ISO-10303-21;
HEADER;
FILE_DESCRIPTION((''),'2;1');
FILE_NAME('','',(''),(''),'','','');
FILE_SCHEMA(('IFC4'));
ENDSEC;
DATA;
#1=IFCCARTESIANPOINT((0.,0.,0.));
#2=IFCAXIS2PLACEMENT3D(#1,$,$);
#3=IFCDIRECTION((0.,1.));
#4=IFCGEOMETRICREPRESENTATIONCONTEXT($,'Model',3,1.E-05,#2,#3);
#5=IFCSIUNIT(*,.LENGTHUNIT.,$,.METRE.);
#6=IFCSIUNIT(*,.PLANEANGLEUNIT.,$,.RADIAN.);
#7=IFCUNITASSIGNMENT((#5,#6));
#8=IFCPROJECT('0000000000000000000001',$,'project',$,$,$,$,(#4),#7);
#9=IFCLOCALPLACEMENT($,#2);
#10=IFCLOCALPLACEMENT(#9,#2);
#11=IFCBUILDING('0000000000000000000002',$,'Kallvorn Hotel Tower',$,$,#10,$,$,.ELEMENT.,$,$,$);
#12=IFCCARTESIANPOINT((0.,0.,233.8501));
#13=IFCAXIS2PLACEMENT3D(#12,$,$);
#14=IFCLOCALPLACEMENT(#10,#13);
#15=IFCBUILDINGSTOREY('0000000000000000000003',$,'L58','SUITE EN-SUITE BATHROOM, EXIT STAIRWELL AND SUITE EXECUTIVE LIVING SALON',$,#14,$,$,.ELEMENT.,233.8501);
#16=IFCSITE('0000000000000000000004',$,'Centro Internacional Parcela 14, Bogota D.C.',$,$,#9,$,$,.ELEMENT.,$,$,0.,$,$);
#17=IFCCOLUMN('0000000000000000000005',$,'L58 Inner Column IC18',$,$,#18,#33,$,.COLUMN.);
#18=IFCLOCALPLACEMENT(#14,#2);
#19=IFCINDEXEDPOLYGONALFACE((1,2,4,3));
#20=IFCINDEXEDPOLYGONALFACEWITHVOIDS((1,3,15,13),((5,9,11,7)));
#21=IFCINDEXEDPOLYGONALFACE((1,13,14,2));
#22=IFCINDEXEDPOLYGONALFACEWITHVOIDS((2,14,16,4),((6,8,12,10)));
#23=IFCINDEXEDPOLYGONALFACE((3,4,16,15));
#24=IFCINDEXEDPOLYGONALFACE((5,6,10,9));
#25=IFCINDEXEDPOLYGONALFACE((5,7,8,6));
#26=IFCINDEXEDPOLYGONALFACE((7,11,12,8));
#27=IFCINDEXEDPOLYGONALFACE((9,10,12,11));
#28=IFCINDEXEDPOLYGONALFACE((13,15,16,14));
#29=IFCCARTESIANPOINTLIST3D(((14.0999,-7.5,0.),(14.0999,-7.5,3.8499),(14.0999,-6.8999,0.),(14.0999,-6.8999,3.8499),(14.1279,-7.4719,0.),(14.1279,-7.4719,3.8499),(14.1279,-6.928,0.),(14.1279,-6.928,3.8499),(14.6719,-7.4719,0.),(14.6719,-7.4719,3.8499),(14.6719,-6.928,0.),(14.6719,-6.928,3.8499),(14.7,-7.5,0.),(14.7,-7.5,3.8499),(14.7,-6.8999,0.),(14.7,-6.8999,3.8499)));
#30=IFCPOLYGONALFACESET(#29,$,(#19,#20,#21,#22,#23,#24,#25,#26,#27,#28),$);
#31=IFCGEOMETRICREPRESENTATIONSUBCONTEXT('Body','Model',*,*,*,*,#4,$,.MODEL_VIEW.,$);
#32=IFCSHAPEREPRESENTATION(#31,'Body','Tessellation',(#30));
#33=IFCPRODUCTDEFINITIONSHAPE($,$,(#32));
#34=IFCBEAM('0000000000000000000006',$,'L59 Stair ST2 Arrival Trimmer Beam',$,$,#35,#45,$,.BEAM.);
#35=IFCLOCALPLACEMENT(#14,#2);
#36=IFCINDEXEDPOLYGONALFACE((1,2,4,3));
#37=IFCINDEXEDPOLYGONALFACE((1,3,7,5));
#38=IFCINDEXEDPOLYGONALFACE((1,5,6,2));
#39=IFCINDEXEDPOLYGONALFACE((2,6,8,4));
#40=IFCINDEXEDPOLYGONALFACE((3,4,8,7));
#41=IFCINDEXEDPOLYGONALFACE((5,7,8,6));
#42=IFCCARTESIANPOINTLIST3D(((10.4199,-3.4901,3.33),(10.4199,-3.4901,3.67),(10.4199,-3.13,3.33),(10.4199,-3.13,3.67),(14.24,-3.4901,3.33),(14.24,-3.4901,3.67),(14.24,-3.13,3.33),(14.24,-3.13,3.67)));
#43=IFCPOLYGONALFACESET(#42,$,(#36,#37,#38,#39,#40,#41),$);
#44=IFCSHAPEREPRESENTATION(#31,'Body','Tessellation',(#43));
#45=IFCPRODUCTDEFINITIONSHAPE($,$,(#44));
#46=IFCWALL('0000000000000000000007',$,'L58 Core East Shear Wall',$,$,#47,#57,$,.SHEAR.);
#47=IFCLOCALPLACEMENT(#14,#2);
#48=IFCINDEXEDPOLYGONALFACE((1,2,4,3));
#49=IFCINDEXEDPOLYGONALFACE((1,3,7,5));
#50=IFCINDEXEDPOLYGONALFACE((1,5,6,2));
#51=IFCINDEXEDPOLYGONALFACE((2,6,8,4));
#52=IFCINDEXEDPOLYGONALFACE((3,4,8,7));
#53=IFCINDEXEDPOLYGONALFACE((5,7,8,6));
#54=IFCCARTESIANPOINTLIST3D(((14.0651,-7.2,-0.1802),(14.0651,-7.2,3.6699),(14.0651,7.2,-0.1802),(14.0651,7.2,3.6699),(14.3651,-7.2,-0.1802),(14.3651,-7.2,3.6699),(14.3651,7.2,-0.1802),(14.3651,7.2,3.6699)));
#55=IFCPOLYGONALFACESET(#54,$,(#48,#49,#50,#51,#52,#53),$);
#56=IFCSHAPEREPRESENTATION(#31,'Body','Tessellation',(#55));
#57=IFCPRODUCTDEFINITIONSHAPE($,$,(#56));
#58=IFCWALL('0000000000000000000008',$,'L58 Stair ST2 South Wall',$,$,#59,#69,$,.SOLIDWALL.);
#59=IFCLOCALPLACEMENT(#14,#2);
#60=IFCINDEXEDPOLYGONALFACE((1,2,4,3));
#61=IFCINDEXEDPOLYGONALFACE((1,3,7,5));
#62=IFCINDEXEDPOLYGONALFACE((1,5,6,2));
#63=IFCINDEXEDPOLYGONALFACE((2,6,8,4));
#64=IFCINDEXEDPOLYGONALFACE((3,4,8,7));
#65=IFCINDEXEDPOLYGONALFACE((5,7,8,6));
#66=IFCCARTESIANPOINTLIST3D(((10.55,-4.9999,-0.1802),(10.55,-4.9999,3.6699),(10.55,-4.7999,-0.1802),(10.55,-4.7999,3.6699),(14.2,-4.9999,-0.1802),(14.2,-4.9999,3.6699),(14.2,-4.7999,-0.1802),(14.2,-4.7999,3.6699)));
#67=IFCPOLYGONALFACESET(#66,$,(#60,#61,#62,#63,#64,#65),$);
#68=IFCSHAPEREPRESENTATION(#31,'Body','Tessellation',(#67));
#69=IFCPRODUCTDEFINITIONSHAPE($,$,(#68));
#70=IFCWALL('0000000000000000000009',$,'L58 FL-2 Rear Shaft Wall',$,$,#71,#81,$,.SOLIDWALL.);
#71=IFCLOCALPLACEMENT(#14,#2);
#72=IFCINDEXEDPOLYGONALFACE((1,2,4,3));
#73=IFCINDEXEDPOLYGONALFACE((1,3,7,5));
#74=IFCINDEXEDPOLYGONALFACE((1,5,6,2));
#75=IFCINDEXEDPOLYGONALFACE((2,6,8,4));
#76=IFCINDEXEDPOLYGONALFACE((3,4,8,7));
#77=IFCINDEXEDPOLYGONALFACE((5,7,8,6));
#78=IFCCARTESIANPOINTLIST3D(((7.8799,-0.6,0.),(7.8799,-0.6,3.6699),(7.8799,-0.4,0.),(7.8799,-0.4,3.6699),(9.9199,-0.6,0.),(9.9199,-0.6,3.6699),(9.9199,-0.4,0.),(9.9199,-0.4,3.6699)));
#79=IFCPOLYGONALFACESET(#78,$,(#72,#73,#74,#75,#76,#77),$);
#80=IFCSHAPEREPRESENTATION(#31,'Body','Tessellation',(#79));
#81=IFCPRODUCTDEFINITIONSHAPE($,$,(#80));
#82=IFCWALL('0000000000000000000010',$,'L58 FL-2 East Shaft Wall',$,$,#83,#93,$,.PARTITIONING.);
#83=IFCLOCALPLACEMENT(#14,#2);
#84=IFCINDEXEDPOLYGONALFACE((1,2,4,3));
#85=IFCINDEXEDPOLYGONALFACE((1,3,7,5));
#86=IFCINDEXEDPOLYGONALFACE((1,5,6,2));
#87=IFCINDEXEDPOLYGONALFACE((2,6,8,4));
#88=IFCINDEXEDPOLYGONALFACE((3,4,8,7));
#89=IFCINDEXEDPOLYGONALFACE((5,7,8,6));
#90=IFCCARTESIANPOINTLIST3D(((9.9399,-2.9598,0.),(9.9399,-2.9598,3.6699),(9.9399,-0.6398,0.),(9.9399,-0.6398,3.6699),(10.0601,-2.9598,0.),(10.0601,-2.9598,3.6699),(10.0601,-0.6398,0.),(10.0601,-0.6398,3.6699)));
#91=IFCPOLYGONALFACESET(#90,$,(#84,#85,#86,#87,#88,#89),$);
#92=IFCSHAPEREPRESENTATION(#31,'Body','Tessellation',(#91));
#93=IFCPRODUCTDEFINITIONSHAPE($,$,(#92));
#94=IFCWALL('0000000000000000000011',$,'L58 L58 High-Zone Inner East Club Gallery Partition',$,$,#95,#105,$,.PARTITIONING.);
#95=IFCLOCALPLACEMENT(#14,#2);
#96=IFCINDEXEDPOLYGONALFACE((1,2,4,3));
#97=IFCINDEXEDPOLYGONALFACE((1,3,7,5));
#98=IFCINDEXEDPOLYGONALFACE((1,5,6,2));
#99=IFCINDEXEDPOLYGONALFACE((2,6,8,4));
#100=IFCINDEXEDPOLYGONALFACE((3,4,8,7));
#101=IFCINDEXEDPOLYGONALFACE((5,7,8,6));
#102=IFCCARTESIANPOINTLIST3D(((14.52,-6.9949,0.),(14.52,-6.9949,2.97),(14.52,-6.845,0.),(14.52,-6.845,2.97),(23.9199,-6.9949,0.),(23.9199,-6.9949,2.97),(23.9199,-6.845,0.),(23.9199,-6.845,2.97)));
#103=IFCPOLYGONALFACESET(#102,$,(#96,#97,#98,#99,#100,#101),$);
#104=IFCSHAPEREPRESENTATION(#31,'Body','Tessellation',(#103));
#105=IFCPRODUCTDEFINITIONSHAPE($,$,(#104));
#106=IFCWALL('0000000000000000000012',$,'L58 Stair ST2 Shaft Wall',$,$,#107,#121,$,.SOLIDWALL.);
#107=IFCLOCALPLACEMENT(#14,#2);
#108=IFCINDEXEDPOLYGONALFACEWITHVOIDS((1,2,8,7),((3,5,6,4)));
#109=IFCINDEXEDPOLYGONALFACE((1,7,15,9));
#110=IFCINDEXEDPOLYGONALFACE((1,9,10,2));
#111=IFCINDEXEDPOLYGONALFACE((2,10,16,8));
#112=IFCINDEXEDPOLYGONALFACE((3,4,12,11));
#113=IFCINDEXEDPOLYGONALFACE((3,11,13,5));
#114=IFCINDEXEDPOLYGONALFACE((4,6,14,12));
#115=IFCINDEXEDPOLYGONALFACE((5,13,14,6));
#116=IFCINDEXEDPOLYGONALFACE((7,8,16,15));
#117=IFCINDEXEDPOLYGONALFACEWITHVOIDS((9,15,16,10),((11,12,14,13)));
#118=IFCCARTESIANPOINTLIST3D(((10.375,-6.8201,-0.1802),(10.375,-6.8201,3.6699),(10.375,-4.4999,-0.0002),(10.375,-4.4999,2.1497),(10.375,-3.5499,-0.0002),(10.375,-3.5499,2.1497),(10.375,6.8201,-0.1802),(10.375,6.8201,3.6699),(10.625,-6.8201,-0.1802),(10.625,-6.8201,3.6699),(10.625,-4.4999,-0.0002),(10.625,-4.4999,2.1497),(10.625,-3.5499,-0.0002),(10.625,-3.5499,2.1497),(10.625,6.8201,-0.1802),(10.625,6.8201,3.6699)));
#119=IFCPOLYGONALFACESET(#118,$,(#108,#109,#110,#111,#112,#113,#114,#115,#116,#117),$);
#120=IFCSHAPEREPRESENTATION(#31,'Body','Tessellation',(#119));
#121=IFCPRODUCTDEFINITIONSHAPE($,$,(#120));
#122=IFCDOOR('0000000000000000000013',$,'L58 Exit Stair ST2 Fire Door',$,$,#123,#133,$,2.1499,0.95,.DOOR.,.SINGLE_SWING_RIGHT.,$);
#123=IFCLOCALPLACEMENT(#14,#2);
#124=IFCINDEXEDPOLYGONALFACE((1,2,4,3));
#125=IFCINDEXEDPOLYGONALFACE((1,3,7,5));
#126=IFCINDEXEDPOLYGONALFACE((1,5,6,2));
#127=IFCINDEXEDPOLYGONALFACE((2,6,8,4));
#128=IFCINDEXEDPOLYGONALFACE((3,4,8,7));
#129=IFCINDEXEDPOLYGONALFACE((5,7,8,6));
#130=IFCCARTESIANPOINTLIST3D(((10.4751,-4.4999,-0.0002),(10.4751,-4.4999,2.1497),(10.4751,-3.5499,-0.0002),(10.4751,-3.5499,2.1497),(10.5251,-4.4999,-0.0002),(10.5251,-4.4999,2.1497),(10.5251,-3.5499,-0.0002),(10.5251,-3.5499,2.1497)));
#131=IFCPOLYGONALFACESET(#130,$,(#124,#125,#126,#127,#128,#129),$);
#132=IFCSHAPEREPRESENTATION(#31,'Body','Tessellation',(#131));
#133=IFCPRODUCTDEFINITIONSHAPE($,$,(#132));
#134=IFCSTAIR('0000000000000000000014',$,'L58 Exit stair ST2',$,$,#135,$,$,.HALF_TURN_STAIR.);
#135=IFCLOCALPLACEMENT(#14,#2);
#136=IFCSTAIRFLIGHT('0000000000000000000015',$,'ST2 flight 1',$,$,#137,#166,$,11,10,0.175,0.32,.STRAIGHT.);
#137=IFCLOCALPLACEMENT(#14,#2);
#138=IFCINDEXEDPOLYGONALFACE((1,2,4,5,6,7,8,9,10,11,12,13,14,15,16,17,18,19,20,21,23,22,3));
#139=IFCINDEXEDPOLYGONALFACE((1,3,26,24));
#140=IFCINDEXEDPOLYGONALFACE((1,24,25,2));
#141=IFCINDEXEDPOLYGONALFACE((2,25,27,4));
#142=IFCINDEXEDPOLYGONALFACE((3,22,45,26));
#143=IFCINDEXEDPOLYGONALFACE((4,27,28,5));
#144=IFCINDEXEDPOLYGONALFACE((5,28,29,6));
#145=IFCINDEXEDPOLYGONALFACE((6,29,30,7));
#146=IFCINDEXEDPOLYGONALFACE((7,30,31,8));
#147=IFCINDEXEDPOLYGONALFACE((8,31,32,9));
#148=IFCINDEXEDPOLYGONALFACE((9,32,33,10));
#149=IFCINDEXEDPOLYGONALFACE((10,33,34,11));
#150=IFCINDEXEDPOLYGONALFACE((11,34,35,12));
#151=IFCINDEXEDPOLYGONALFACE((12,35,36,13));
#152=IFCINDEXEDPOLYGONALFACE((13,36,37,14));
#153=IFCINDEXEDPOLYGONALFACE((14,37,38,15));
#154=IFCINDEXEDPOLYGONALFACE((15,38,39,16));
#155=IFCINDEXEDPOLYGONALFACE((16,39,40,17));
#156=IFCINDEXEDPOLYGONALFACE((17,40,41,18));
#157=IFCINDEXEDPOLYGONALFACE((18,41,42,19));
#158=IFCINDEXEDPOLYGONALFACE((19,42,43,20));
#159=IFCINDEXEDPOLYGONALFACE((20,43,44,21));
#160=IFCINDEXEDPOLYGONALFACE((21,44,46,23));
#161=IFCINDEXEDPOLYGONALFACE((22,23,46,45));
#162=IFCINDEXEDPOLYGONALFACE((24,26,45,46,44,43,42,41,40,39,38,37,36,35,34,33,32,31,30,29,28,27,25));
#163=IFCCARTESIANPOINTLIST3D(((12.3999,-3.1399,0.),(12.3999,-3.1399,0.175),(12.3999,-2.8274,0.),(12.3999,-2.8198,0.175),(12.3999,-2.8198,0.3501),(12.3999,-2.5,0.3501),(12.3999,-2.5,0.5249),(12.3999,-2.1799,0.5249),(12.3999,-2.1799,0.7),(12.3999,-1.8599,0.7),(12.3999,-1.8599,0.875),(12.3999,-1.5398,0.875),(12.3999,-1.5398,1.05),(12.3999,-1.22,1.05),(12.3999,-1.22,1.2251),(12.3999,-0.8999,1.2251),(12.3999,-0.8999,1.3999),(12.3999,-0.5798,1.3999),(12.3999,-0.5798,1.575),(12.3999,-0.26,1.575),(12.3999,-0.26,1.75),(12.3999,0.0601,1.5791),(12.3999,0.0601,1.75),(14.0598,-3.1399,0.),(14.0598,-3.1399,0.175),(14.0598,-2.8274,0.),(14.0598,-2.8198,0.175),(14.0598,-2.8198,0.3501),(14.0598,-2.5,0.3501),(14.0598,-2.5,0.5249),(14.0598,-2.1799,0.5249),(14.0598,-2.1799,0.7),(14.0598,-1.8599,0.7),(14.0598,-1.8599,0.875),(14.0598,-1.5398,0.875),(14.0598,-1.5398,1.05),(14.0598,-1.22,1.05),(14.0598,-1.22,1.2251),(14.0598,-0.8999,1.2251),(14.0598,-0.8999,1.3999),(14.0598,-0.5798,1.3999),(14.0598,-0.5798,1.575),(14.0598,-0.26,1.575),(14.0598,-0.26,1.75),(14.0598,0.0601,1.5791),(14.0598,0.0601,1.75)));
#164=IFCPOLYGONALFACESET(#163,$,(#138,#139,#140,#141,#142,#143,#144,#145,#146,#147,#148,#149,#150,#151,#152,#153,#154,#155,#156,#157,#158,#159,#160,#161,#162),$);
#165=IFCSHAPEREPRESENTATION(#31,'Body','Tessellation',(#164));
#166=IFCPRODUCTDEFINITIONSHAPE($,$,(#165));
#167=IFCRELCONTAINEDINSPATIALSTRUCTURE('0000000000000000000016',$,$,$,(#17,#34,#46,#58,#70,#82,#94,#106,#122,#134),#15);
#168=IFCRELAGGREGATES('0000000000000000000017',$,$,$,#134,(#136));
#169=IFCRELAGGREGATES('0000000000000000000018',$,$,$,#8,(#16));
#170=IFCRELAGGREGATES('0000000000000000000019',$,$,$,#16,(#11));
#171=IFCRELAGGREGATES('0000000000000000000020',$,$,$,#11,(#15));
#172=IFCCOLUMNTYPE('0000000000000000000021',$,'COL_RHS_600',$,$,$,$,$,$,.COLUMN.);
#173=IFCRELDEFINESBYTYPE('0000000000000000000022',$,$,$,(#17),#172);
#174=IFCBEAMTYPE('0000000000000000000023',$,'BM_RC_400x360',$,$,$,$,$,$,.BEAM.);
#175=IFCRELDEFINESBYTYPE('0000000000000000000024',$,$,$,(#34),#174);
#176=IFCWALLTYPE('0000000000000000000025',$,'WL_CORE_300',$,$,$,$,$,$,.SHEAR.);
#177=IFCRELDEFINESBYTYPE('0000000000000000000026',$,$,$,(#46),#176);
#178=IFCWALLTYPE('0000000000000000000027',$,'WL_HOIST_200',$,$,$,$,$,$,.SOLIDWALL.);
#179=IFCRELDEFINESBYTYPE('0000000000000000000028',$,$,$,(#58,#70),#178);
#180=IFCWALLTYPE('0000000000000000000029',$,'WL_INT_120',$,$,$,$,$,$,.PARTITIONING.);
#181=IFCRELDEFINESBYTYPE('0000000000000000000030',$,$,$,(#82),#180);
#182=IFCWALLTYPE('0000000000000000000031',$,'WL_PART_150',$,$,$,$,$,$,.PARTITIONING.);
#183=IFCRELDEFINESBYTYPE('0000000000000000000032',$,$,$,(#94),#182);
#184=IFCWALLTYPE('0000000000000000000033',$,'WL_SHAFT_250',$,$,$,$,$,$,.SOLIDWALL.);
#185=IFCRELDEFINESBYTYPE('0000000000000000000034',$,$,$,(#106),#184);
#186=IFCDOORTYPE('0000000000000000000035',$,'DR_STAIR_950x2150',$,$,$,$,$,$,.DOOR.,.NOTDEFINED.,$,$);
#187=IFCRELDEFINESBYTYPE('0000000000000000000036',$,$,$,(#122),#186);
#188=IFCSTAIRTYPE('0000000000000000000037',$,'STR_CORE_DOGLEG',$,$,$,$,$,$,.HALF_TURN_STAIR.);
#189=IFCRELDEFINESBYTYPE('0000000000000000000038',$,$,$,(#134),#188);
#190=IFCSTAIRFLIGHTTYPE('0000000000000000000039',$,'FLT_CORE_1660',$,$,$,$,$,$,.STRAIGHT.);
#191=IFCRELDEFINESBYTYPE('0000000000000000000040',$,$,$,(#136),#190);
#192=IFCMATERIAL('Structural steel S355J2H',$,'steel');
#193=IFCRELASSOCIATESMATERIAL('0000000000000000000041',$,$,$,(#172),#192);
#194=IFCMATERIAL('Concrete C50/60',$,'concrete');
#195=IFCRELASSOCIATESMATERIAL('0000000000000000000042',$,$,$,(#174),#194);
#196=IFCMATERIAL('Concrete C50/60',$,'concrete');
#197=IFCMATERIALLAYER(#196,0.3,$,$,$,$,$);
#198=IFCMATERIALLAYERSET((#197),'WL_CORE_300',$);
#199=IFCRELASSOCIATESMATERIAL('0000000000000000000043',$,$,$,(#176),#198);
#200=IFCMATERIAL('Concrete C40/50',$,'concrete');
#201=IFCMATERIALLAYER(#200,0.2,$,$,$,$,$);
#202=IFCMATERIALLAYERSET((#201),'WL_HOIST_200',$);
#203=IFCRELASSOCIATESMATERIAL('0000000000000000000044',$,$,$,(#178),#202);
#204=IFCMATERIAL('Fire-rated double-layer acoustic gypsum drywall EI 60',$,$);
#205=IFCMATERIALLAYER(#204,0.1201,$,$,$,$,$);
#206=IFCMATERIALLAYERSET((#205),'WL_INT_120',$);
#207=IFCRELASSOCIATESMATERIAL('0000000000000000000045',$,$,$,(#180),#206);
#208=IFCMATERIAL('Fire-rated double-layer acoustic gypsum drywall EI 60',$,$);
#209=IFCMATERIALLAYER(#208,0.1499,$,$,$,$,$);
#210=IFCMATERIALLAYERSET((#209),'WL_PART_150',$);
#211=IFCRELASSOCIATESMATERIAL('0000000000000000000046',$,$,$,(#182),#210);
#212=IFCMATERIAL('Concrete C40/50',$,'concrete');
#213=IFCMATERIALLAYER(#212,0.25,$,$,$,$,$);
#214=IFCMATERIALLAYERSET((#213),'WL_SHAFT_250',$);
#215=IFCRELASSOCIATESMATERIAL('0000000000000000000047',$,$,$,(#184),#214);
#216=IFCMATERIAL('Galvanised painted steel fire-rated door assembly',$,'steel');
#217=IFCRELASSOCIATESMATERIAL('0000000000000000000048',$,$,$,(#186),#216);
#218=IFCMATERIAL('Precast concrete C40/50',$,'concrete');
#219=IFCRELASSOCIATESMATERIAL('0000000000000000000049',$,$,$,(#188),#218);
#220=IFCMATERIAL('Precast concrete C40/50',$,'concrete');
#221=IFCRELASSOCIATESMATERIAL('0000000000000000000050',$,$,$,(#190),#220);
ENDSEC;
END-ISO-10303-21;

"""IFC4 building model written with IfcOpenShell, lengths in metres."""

from ifc_helpers import new_model, si_unit, direction, frame, frame_2d, origin, origin_2d, place, context, subcontext, project, spatial, polyline, rectangle, hollow_rectangle, outline, extrude, material, layer, layer_set, material_profile, profile_set, type_object, element, fill, aggregate, save


model = new_model("IFC4")

# Units and contexts
model_context = context("Model", 3, precision=1e-05, world=origin(), true_north=direction((0.0, 1.0)))
body_context = subcontext(model_context, "Body", "Model", "MODEL_VIEW")
ifc_project = project(units=[si_unit("LENGTHUNIT", "METRE"), si_unit("PLANEANGLEUNIT", "RADIAN")], contexts=[model_context])

# Site, building, storey
site_placement = place(None, origin())
site = spatial("IfcSite", under=ifc_project, at=site_placement, Name="Centro Internacional Parcela 14, Bogota D.C.", CompositionType="ELEMENT", RefElevation=0.0)
building_placement = place(site_placement, origin())
building = spatial("IfcBuilding", under=site, at=building_placement, Name="Kallvorn Hotel Tower", CompositionType="ELEMENT")
storey_placement = place(building_placement, frame((0.0, 0.0, 233.8501)))
storey = spatial("IfcBuildingStorey", under=building, at=storey_placement, Name="L58", Description="SUITE EN-SUITE BATHROOM, EXIT STAIRWELL AND SUITE EXECUTIVE LIVING SALON", CompositionType="ELEMENT", Elevation=233.8501)

# Column
ifc_material_1 = material(Name="Structural steel S355J2H", Category="steel")
ifc_material_profile_1 = material_profile(ifc_material_1, hollow_rectangle(XDim=0.6001, YDim=0.6001, WallThickness=0.0281, at=origin_2d()), Name="RHS 600x600x28")
ifc_profile_set_1 = profile_set([ifc_material_profile_1], Name="Structural steel S355J2H")
column_type = type_object("IfcColumnType", Name="COL_RHS_600", PredefinedType="COLUMN", material=ifc_profile_set_1)
column_placement = place(storey_placement, frame((14.3999, -7.2, 0.0), z_axis=(0.0, 0.0, 1.0), x_axis=(1.0, 0.0, 0.0)))
element("IfcColumn", 1, at=column_placement, inside=storey, type_object=column_type, Name="L58 Inner Column IC18", PredefinedType="COLUMN", context=body_context, shape_type="SweptSolid", body=[
    extrude(hollow_rectangle(XDim=0.6001, YDim=0.6001, WallThickness=0.0281, at=origin_2d()), origin(), (0.0, 0.0, 1.0), 3.8499),
])

# Beam
ifc_material_2 = material(Name="Concrete C50/60", Category="concrete")
ifc_material_profile_2 = material_profile(ifc_material_2, rectangle(XDim=0.3601, YDim=0.3401, at=origin_2d()), Name="RC 360x340")
ifc_profile_set_2 = profile_set([ifc_material_profile_2], Name="Concrete C50/60")
beam_type = type_object("IfcBeamType", Name="BM_RC_400x360", PredefinedType="BEAM", material=ifc_profile_set_2)
beam_placement = place(storey_placement, frame((14.24, -3.3101, 3.5), z_axis=(-1.0, 0.0, 0.0), x_axis=(0.0, -1.0, 0.0)))
element("IfcBeam", 2, at=beam_placement, inside=storey, type_object=beam_type, Name="L59 Stair ST2 Arrival Trimmer Beam", PredefinedType="BEAM", context=body_context, shape_type="SweptSolid", body=[
    extrude(rectangle(XDim=0.3601, YDim=0.3401, at=origin_2d()), origin(), (0.0, 0.0, 1.0), 3.8201),
])

# Walls
ifc_material_3 = material(Name="Concrete C50/60", Category="concrete")
ifc_layer_1 = layer(ifc_material_3, 0.3)
ifc_layer_set_1 = layer_set([ifc_layer_1], Name="WL_CORE_300")
wall_type_1 = type_object("IfcWallType", Name="WL_CORE_300", PredefinedType="SHEAR", material=ifc_layer_set_1)
wall_1_placement = place(storey_placement, frame((14.2151, -7.2, -0.1802), z_axis=(0.0, 0.0, 1.0), x_axis=(0.0, 1.0, 0.0)))
element("IfcWall", 3, at=wall_1_placement, inside=storey, type_object=wall_type_1, Name="L58 Core East Shear Wall", PredefinedType="SHEAR", context=body_context, shape_type="SweptSolid", body=[
    extrude(rectangle(XDim=14.3999, YDim=0.3, at=frame_2d((7.2, 0.0))), origin(), (0.0, 0.0, 1.0), 3.8501),
])
ifc_material_4 = material(Name="Concrete C40/50", Category="concrete")
ifc_layer_2 = layer(ifc_material_4, 0.2)
ifc_layer_set_2 = layer_set([ifc_layer_2], Name="WL_HOIST_200")
wall_type_2 = type_object("IfcWallType", Name="WL_HOIST_200", PredefinedType="SOLIDWALL", material=ifc_layer_set_2)
wall_2_placement = place(storey_placement, frame((10.55, -4.8999, -0.1802), z_axis=(0.0, 0.0, 1.0), x_axis=(1.0, 0.0, 0.0)))
element("IfcWall", 4, at=wall_2_placement, inside=storey, type_object=wall_type_2, Name="L58 Stair ST2 South Wall", PredefinedType="SOLIDWALL", context=body_context, shape_type="SweptSolid", body=[
    extrude(rectangle(XDim=3.6499, YDim=0.2, at=frame_2d((1.825, 0.0))), origin(), (0.0, 0.0, 1.0), 3.8501),
])
wall_3_placement = place(storey_placement, frame((7.8799, -0.5, 0.0), z_axis=(0.0, 0.0, 1.0), x_axis=(1.0, 0.0, 0.0)))
element("IfcWall", 5, at=wall_3_placement, inside=storey, type_object=wall_type_2, Name="L58 FL-2 Rear Shaft Wall", PredefinedType="SOLIDWALL", context=body_context, shape_type="SweptSolid", body=[
    extrude(rectangle(XDim=2.04, YDim=0.2, at=frame_2d((1.02, 0.0))), origin(), (0.0, 0.0, 1.0), 3.6699),
])
ifc_material_5 = material(Name="Fire-rated double-layer acoustic gypsum drywall EI 60")
ifc_layer_3 = layer(ifc_material_5, 0.1201)
ifc_layer_set_3 = layer_set([ifc_layer_3], Name="WL_INT_120")
wall_type_3 = type_object("IfcWallType", Name="WL_INT_120", PredefinedType="PARTITIONING", material=ifc_layer_set_3)
wall_4_placement = place(storey_placement, frame((10.0, -2.96, 0.0), z_axis=(0.0, 0.0, 1.0), x_axis=(0.0, 1.0, 0.0)))
element("IfcWall", 6, at=wall_4_placement, inside=storey, type_object=wall_type_3, Name="L58 FL-2 East Shaft Wall", PredefinedType="PARTITIONING", context=body_context, shape_type="SweptSolid", body=[
    extrude(rectangle(XDim=2.3201, YDim=0.1201, at=frame_2d((1.1602, 0.0))), origin(), (0.0, 0.0, 1.0), 3.6699),
])
ifc_material_6 = material(Name="Fire-rated double-layer acoustic gypsum drywall EI 60")
ifc_layer_4 = layer(ifc_material_6, 0.1499)
ifc_layer_set_4 = layer_set([ifc_layer_4], Name="WL_PART_150")
wall_type_4 = type_object("IfcWallType", Name="WL_PART_150", PredefinedType="PARTITIONING", material=ifc_layer_set_4)
wall_5_placement = place(storey_placement, frame((14.52, -6.9199, 0.0), z_axis=(0.0, 0.0, 1.0), x_axis=(1.0, 0.0, 0.0)))
element("IfcWall", 7, at=wall_5_placement, inside=storey, type_object=wall_type_4, Name="L58 L58 High-Zone Inner East Club Gallery Partition", PredefinedType="PARTITIONING", context=body_context, shape_type="SweptSolid", body=[
    extrude(rectangle(XDim=9.3999, YDim=0.1499, at=frame_2d((4.7, 0.0))), origin(), (0.0, 0.0, 1.0), 2.97),
])

# Wall, opening, door
ifc_material_7 = material(Name="Concrete C40/50", Category="concrete")
ifc_layer_5 = layer(ifc_material_7, 0.25)
ifc_layer_set_5 = layer_set([ifc_layer_5], Name="WL_SHAFT_250")
wall_type_5 = type_object("IfcWallType", Name="WL_SHAFT_250", PredefinedType="SOLIDWALL", material=ifc_layer_set_5)
wall_6_placement = place(storey_placement, frame((10.5, -6.8201, -0.1802), z_axis=(0.0, 0.0, 1.0), x_axis=(0.0, 1.0, 0.0)))
wall_6 = element("IfcWall", 8, at=wall_6_placement, inside=storey, type_object=wall_type_5, Name="L58 Stair ST2 Shaft Wall", PredefinedType="SOLIDWALL", context=body_context, shape_type="SweptSolid", body=[
    extrude(rectangle(XDim=13.6401, YDim=0.25, at=frame_2d((6.8201, 0.0))), origin(), (0.0, 0.0, 1.0), 3.8501),
])
opening_placement = place(wall_6_placement, frame((2.3201, 0.0, 0.1799)))
opening = element("IfcOpeningElement", 9, at=opening_placement, cuts=wall_6, PredefinedType="OPENING", context=body_context, shape_type="SweptSolid", body=[
    extrude(rectangle(XDim=0.95, YDim=2.1499, at=frame_2d((0.4751, 1.075))), frame((0.0, 0.1399, 0.0), z_axis=(0.0, -1.0, 0.0), x_axis=(1.0, 0.0, 0.0)), (0.0, 0.0, 1.0), 0.28),
])
ifc_material_8 = material(Name="Galvanised painted steel fire-rated door assembly", Category="steel")
door_type = type_object("IfcDoorType", Name="DR_STAIR_950x2150", OperationType="NOTDEFINED", PredefinedType="DOOR", material=ifc_material_8)
door_placement = place(opening_placement, origin())
door = element("IfcDoor", 10, at=door_placement, inside=storey, type_object=door_type, Name="L58 Exit Stair ST2 Fire Door", OperationType="SINGLE_SWING_RIGHT", OverallHeight=2.1499, OverallWidth=0.95, PredefinedType="DOOR", context=body_context, shape_type="SweptSolid", body=[
    extrude(rectangle(XDim=0.95, YDim=2.1499, at=frame_2d((0.4751, 1.075))), frame((0.0, 0.0249, 0.0), z_axis=(0.0, -1.0, 0.0), x_axis=(1.0, 0.0, 0.0)), (0.0, 0.0, 1.0), 0.05),
])
fill(opening, door)

# Stair, stair flight
ifc_material_9 = material(Name="Precast concrete C40/50", Category="concrete")
stair_type = type_object("IfcStairType", Name="STR_CORE_DOGLEG", PredefinedType="HALF_TURN_STAIR", material=ifc_material_9)
stair_placement = place(storey_placement, origin())
stair = element("IfcStair", 11, at=stair_placement, inside=storey, type_object=stair_type, Name="L58 Exit stair ST2", PredefinedType="HALF_TURN_STAIR")
ifc_material_10 = material(Name="Precast concrete C40/50", Category="concrete")
stair_flight_type = type_object("IfcStairFlightType", Name="FLT_CORE_1660", PredefinedType="STRAIGHT", material=ifc_material_10)
stair_flight_1_placement = place(storey_placement, frame((13.23, -3.1399, 0.0), z_axis=(0.0, 0.0, 1.0), x_axis=(0.0, 1.0, 0.0)))
stair_flight_1 = element("IfcStairFlight", 12, at=stair_flight_1_placement, type_object=stair_flight_type, Name="ST2 flight 1", NumberOfRisers=11, NumberOfTreads=10, PredefinedType="STRAIGHT", RiserHeight=0.175, TreadLength=0.32, context=body_context, shape_type="SweptSolid", body=[
    extrude(outline(polyline([(0.0, 0.0), (0.0, 0.175), (0.3201, 0.175), (0.3201, 0.3501), (0.6399, 0.3501), (0.6399, 0.5249), (0.96, 0.5249), (0.96, 0.7), (1.28, 0.7), (1.28, 0.875), (1.6001, 0.875), (1.6001, 1.05), (1.9199, 1.05), (1.9199, 1.2251), (2.24, 1.2251), (2.24, 1.3999), (2.5601, 1.3999), (2.5601, 1.575), (2.8799, 1.575), (2.8799, 1.75), (3.2, 1.75), (3.2, 1.925), (3.2, 1.5791), (0.3125, 0.0), (0.0, 0.0)])), frame((0.0, 0.8301, 0.0), z_axis=(0.0, -1.0, 0.0), x_axis=(1.0, 0.0, 0.0)), (0.0, 0.0, 1.0), 1.6599),
])
aggregate(stair, [stair_flight_1])

save(model, "model.ifc")
